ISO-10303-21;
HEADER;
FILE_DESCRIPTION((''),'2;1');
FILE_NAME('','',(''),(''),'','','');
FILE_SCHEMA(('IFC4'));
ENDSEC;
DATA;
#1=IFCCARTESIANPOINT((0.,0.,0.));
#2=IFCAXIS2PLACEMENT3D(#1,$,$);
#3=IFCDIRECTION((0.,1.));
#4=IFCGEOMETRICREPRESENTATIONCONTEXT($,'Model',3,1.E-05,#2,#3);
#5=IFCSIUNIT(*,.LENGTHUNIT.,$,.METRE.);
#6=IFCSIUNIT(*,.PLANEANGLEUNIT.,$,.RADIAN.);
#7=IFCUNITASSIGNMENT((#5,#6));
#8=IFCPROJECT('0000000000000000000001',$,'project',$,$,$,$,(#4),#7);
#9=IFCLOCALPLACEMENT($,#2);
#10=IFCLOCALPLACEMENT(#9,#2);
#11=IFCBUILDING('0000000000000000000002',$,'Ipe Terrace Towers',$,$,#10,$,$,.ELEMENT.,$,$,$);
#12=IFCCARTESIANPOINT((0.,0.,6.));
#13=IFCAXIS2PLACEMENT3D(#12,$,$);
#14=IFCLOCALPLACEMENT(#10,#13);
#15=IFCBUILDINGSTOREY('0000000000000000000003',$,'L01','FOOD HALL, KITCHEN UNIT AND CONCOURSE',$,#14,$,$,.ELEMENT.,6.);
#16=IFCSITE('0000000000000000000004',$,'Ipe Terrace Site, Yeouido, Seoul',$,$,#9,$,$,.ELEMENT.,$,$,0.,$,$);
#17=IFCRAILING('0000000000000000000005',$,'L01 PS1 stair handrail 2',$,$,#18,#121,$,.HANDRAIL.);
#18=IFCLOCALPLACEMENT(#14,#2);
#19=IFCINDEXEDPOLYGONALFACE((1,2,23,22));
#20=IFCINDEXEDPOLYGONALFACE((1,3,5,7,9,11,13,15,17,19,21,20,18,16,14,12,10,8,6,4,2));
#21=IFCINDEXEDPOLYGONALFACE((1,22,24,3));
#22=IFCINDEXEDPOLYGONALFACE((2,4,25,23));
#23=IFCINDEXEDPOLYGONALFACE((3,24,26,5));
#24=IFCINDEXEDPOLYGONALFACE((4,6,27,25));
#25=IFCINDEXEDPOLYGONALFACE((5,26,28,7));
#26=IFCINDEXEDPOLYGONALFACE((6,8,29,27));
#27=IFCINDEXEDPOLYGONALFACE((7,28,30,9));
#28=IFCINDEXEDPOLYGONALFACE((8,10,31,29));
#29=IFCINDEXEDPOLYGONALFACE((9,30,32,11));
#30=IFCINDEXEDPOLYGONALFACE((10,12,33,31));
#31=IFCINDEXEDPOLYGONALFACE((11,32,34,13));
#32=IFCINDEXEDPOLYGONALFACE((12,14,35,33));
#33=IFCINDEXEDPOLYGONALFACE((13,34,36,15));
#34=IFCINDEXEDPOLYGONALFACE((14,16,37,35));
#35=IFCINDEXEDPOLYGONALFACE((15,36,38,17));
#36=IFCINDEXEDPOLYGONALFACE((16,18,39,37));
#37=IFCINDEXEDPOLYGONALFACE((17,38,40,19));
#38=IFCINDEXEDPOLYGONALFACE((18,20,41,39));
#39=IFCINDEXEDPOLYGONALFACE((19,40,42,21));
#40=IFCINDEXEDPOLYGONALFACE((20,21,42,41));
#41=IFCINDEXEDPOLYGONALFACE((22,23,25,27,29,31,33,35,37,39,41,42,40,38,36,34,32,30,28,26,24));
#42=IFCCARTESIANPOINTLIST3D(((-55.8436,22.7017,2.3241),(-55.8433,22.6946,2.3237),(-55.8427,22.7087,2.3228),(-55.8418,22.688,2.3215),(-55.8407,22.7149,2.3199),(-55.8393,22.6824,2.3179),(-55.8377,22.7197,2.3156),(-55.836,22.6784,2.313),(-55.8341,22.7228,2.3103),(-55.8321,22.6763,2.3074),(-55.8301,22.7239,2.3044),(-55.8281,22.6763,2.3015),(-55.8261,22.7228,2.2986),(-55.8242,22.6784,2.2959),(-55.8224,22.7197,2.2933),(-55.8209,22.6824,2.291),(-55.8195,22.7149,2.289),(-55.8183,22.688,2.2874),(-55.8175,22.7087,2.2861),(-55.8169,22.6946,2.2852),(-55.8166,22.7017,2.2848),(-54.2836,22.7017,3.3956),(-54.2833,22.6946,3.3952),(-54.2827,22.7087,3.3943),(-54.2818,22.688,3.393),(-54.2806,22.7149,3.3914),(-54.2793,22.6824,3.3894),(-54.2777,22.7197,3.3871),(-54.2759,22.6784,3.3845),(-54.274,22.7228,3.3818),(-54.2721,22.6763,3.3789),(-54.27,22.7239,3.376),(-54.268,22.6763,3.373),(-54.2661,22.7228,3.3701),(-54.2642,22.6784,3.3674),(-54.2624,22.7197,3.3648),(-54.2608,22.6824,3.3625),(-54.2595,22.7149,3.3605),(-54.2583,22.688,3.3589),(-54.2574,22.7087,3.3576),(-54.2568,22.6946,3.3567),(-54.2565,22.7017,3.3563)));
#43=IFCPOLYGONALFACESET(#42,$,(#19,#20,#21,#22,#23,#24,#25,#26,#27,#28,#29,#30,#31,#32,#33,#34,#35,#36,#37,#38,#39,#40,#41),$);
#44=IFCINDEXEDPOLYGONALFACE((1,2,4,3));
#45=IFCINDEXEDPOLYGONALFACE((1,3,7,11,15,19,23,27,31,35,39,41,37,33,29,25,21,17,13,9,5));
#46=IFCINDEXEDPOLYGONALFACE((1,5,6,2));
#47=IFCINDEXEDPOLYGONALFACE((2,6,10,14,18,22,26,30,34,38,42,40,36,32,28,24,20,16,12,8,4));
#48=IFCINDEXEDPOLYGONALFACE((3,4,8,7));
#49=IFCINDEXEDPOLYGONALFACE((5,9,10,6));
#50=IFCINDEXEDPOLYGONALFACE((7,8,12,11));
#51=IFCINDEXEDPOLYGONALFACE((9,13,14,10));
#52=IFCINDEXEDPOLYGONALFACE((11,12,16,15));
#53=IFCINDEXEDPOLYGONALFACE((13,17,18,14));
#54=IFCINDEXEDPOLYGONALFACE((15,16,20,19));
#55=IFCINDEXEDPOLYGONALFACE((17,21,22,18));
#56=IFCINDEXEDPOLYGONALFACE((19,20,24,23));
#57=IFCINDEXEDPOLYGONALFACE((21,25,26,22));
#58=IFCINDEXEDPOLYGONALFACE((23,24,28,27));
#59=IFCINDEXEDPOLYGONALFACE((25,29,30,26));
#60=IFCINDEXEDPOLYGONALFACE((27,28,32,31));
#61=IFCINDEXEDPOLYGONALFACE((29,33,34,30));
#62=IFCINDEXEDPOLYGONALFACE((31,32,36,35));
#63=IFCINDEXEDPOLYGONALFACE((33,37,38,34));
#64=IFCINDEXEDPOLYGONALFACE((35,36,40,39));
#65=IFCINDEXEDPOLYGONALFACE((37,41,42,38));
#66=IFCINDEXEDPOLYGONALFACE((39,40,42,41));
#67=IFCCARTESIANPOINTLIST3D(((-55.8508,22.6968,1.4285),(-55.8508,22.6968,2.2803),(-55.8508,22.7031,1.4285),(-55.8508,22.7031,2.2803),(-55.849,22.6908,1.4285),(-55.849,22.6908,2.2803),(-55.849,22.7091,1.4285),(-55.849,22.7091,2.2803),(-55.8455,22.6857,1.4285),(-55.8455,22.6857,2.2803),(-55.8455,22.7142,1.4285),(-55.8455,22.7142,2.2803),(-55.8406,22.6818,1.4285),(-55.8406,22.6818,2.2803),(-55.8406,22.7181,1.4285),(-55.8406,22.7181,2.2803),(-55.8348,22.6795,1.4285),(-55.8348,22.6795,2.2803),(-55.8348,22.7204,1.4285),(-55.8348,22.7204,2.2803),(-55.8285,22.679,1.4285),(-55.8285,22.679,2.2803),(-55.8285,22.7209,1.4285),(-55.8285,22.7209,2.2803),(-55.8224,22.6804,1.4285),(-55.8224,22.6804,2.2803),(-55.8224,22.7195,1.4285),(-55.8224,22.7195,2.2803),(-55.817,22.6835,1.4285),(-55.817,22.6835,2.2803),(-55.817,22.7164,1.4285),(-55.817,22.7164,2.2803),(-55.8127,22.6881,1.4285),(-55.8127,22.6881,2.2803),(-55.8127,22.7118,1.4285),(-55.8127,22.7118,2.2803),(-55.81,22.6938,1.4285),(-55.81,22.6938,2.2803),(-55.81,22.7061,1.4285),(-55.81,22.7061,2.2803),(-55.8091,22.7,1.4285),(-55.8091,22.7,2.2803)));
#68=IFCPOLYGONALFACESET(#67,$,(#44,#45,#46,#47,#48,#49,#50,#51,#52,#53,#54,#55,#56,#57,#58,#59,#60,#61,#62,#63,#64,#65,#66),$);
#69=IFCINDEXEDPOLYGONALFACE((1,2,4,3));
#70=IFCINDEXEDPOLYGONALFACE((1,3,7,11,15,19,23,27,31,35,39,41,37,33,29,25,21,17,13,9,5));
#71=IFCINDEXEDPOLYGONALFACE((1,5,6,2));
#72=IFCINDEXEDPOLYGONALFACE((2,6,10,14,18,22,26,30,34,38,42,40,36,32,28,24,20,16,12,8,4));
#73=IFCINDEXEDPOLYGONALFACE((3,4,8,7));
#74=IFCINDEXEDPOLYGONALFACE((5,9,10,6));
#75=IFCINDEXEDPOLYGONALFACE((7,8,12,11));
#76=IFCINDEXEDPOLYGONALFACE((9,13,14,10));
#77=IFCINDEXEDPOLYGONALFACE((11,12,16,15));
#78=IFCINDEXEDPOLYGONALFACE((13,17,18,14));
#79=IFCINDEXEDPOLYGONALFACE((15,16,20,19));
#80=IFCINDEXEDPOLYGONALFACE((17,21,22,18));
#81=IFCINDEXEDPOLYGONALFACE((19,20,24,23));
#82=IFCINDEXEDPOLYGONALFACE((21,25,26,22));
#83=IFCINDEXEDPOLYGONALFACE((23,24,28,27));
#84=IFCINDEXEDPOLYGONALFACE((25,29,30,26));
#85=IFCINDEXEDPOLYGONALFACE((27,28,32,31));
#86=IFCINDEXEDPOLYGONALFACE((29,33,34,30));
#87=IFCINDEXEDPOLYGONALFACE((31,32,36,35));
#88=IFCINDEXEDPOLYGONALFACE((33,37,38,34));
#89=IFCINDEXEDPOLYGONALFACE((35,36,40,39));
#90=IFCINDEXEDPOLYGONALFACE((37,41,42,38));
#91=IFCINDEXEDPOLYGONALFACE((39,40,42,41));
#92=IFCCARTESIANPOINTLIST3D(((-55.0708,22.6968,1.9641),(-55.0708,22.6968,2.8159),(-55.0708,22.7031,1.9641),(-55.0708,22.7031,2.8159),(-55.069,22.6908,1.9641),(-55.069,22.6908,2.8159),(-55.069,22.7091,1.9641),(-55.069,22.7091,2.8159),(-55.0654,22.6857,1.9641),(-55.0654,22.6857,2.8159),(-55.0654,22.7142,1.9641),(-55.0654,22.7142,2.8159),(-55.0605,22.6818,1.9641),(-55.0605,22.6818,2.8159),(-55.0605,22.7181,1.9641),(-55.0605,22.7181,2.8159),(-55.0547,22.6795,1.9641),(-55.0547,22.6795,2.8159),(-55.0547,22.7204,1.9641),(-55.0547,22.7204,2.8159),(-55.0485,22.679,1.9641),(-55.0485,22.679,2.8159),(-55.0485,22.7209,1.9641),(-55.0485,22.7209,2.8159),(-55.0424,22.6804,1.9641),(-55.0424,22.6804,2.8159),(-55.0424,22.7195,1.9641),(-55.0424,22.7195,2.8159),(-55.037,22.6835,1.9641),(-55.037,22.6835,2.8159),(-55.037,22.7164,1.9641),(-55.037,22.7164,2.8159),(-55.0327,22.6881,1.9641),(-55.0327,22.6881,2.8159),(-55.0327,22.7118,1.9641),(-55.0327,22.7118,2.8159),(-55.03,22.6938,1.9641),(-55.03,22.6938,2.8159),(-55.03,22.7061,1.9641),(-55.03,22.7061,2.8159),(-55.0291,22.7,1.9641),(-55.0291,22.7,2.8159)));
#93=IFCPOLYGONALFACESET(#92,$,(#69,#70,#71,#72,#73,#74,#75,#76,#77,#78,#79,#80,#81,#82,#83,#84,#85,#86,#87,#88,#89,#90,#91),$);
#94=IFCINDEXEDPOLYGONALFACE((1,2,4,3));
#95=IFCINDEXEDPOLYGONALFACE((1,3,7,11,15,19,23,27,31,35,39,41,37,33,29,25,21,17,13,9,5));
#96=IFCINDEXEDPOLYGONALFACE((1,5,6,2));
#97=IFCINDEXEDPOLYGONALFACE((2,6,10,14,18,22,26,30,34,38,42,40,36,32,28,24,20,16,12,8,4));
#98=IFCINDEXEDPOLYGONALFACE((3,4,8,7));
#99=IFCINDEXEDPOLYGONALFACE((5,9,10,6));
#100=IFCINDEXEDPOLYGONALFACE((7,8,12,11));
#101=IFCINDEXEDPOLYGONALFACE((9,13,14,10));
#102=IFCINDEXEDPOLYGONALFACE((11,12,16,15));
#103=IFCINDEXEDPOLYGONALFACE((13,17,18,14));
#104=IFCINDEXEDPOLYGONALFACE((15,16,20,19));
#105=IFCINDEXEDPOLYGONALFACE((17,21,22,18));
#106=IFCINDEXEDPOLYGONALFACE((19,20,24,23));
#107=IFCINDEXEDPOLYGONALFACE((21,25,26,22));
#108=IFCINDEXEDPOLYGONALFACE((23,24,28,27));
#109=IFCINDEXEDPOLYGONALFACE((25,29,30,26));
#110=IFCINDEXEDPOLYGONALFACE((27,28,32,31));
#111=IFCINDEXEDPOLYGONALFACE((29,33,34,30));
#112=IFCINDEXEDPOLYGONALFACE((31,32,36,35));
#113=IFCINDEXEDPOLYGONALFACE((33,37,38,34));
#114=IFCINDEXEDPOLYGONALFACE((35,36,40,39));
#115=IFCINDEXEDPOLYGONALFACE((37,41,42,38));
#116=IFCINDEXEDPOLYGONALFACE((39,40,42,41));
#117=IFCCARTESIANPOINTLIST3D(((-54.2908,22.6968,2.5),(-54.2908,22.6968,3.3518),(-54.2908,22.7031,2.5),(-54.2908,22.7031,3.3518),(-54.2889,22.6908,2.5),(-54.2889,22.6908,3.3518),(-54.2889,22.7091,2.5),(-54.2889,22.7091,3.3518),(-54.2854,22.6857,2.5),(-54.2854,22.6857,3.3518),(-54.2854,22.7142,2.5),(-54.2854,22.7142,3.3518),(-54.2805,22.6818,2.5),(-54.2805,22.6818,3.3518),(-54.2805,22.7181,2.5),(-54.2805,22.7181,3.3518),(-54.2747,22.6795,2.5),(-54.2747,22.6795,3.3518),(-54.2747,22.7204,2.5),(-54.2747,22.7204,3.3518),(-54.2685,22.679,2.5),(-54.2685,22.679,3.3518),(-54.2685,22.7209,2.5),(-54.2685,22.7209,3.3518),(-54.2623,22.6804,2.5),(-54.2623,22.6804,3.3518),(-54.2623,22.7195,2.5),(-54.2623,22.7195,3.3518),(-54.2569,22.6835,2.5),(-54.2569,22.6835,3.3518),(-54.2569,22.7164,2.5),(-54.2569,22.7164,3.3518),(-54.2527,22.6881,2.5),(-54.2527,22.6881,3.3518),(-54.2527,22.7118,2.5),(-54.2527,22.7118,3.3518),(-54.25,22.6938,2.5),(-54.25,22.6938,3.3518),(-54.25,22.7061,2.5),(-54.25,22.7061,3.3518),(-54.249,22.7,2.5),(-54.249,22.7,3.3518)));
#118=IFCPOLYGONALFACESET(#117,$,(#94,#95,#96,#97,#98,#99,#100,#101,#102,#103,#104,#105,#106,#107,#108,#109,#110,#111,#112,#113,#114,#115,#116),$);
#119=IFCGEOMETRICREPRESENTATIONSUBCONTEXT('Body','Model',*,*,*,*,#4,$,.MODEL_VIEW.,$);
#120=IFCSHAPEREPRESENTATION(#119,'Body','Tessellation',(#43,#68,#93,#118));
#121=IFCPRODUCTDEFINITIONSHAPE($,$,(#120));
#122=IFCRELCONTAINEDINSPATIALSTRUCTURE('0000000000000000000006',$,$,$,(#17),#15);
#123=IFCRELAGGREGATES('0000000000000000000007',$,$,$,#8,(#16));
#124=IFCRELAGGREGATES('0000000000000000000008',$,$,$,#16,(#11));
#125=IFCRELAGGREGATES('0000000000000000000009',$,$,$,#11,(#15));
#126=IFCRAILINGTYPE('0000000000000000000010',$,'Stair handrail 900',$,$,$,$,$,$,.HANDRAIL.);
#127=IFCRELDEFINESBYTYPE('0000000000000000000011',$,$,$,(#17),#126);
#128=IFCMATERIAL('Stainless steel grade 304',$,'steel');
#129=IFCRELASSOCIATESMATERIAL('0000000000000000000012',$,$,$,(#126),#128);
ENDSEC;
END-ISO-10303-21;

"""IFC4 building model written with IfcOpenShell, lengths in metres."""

from ifc_helpers import new_model, si_unit, direction, frame, origin, origin_2d, place, context, subcontext, project, spatial, circle, extrude, material, type_object, element, save


model = new_model("IFC4")

# Units and contexts
model_context = context("Model", 3, precision=1e-05, world=origin(), true_north=direction((0.0, 1.0)))
body_context = subcontext(model_context, "Body", "Model", "MODEL_VIEW")
ifc_project = project(units=[si_unit("LENGTHUNIT", "METRE"), si_unit("PLANEANGLEUNIT", "RADIAN")], contexts=[model_context])

# Site, building, storey
site_placement = place(None, origin())
site = spatial("IfcSite", under=ifc_project, at=site_placement, Name="Ipe Terrace Site, Yeouido, Seoul", CompositionType="ELEMENT", RefElevation=0.0)
building_placement = place(site_placement, origin())
building = spatial("IfcBuilding", under=site, at=building_placement, Name="Ipe Terrace Towers", CompositionType="ELEMENT")
storey_placement = place(building_placement, frame((0.0, 0.0, 6.0)))
storey = spatial("IfcBuildingStorey", under=building, at=storey_placement, Name="L01", Description="FOOD HALL, KITCHEN UNIT AND CONCOURSE", CompositionType="ELEMENT", Elevation=6.0)

# Railing
ifc_material_1 = material(Name="Stainless steel grade 304", Category="steel")
railing_type_1 = type_object("IfcRailingType", Name="Stair handrail 900", PredefinedType="HANDRAIL", material=ifc_material_1)
railing_1_placement = place(storey_placement, frame((-55.8301, 22.7, 1.4285)))
element("IfcRailing", 1, at=railing_1_placement, inside=storey, type_object=railing_type_1, Name="L01 PS1 stair handrail 2", PredefinedType="HANDRAIL", context=body_context, shape_type="SweptSolid", body=[
    extrude(circle(Radius=0.0239, at=origin_2d()), frame((0.0, 0.0, 0.876), z_axis=(0.82429, 0.0, 0.566167), x_axis=(0.0, 1.0, 0.0)), (0.0, 0.0, 1.0), 1.8926),
    extrude(circle(Radius=0.021, at=origin_2d()), origin(), (0.0, 0.0, 1.0), 0.8518),
    extrude(circle(Radius=0.021, at=origin_2d()), frame((0.78, 0.0, 0.5356)), (0.0, 0.0, 1.0), 0.8518),
    extrude(circle(Radius=0.021, at=origin_2d()), frame((1.5601, 0.0, 1.0715)), (0.0, 0.0, 1.0), 0.8518),
])

save(model, "model.ifc")
